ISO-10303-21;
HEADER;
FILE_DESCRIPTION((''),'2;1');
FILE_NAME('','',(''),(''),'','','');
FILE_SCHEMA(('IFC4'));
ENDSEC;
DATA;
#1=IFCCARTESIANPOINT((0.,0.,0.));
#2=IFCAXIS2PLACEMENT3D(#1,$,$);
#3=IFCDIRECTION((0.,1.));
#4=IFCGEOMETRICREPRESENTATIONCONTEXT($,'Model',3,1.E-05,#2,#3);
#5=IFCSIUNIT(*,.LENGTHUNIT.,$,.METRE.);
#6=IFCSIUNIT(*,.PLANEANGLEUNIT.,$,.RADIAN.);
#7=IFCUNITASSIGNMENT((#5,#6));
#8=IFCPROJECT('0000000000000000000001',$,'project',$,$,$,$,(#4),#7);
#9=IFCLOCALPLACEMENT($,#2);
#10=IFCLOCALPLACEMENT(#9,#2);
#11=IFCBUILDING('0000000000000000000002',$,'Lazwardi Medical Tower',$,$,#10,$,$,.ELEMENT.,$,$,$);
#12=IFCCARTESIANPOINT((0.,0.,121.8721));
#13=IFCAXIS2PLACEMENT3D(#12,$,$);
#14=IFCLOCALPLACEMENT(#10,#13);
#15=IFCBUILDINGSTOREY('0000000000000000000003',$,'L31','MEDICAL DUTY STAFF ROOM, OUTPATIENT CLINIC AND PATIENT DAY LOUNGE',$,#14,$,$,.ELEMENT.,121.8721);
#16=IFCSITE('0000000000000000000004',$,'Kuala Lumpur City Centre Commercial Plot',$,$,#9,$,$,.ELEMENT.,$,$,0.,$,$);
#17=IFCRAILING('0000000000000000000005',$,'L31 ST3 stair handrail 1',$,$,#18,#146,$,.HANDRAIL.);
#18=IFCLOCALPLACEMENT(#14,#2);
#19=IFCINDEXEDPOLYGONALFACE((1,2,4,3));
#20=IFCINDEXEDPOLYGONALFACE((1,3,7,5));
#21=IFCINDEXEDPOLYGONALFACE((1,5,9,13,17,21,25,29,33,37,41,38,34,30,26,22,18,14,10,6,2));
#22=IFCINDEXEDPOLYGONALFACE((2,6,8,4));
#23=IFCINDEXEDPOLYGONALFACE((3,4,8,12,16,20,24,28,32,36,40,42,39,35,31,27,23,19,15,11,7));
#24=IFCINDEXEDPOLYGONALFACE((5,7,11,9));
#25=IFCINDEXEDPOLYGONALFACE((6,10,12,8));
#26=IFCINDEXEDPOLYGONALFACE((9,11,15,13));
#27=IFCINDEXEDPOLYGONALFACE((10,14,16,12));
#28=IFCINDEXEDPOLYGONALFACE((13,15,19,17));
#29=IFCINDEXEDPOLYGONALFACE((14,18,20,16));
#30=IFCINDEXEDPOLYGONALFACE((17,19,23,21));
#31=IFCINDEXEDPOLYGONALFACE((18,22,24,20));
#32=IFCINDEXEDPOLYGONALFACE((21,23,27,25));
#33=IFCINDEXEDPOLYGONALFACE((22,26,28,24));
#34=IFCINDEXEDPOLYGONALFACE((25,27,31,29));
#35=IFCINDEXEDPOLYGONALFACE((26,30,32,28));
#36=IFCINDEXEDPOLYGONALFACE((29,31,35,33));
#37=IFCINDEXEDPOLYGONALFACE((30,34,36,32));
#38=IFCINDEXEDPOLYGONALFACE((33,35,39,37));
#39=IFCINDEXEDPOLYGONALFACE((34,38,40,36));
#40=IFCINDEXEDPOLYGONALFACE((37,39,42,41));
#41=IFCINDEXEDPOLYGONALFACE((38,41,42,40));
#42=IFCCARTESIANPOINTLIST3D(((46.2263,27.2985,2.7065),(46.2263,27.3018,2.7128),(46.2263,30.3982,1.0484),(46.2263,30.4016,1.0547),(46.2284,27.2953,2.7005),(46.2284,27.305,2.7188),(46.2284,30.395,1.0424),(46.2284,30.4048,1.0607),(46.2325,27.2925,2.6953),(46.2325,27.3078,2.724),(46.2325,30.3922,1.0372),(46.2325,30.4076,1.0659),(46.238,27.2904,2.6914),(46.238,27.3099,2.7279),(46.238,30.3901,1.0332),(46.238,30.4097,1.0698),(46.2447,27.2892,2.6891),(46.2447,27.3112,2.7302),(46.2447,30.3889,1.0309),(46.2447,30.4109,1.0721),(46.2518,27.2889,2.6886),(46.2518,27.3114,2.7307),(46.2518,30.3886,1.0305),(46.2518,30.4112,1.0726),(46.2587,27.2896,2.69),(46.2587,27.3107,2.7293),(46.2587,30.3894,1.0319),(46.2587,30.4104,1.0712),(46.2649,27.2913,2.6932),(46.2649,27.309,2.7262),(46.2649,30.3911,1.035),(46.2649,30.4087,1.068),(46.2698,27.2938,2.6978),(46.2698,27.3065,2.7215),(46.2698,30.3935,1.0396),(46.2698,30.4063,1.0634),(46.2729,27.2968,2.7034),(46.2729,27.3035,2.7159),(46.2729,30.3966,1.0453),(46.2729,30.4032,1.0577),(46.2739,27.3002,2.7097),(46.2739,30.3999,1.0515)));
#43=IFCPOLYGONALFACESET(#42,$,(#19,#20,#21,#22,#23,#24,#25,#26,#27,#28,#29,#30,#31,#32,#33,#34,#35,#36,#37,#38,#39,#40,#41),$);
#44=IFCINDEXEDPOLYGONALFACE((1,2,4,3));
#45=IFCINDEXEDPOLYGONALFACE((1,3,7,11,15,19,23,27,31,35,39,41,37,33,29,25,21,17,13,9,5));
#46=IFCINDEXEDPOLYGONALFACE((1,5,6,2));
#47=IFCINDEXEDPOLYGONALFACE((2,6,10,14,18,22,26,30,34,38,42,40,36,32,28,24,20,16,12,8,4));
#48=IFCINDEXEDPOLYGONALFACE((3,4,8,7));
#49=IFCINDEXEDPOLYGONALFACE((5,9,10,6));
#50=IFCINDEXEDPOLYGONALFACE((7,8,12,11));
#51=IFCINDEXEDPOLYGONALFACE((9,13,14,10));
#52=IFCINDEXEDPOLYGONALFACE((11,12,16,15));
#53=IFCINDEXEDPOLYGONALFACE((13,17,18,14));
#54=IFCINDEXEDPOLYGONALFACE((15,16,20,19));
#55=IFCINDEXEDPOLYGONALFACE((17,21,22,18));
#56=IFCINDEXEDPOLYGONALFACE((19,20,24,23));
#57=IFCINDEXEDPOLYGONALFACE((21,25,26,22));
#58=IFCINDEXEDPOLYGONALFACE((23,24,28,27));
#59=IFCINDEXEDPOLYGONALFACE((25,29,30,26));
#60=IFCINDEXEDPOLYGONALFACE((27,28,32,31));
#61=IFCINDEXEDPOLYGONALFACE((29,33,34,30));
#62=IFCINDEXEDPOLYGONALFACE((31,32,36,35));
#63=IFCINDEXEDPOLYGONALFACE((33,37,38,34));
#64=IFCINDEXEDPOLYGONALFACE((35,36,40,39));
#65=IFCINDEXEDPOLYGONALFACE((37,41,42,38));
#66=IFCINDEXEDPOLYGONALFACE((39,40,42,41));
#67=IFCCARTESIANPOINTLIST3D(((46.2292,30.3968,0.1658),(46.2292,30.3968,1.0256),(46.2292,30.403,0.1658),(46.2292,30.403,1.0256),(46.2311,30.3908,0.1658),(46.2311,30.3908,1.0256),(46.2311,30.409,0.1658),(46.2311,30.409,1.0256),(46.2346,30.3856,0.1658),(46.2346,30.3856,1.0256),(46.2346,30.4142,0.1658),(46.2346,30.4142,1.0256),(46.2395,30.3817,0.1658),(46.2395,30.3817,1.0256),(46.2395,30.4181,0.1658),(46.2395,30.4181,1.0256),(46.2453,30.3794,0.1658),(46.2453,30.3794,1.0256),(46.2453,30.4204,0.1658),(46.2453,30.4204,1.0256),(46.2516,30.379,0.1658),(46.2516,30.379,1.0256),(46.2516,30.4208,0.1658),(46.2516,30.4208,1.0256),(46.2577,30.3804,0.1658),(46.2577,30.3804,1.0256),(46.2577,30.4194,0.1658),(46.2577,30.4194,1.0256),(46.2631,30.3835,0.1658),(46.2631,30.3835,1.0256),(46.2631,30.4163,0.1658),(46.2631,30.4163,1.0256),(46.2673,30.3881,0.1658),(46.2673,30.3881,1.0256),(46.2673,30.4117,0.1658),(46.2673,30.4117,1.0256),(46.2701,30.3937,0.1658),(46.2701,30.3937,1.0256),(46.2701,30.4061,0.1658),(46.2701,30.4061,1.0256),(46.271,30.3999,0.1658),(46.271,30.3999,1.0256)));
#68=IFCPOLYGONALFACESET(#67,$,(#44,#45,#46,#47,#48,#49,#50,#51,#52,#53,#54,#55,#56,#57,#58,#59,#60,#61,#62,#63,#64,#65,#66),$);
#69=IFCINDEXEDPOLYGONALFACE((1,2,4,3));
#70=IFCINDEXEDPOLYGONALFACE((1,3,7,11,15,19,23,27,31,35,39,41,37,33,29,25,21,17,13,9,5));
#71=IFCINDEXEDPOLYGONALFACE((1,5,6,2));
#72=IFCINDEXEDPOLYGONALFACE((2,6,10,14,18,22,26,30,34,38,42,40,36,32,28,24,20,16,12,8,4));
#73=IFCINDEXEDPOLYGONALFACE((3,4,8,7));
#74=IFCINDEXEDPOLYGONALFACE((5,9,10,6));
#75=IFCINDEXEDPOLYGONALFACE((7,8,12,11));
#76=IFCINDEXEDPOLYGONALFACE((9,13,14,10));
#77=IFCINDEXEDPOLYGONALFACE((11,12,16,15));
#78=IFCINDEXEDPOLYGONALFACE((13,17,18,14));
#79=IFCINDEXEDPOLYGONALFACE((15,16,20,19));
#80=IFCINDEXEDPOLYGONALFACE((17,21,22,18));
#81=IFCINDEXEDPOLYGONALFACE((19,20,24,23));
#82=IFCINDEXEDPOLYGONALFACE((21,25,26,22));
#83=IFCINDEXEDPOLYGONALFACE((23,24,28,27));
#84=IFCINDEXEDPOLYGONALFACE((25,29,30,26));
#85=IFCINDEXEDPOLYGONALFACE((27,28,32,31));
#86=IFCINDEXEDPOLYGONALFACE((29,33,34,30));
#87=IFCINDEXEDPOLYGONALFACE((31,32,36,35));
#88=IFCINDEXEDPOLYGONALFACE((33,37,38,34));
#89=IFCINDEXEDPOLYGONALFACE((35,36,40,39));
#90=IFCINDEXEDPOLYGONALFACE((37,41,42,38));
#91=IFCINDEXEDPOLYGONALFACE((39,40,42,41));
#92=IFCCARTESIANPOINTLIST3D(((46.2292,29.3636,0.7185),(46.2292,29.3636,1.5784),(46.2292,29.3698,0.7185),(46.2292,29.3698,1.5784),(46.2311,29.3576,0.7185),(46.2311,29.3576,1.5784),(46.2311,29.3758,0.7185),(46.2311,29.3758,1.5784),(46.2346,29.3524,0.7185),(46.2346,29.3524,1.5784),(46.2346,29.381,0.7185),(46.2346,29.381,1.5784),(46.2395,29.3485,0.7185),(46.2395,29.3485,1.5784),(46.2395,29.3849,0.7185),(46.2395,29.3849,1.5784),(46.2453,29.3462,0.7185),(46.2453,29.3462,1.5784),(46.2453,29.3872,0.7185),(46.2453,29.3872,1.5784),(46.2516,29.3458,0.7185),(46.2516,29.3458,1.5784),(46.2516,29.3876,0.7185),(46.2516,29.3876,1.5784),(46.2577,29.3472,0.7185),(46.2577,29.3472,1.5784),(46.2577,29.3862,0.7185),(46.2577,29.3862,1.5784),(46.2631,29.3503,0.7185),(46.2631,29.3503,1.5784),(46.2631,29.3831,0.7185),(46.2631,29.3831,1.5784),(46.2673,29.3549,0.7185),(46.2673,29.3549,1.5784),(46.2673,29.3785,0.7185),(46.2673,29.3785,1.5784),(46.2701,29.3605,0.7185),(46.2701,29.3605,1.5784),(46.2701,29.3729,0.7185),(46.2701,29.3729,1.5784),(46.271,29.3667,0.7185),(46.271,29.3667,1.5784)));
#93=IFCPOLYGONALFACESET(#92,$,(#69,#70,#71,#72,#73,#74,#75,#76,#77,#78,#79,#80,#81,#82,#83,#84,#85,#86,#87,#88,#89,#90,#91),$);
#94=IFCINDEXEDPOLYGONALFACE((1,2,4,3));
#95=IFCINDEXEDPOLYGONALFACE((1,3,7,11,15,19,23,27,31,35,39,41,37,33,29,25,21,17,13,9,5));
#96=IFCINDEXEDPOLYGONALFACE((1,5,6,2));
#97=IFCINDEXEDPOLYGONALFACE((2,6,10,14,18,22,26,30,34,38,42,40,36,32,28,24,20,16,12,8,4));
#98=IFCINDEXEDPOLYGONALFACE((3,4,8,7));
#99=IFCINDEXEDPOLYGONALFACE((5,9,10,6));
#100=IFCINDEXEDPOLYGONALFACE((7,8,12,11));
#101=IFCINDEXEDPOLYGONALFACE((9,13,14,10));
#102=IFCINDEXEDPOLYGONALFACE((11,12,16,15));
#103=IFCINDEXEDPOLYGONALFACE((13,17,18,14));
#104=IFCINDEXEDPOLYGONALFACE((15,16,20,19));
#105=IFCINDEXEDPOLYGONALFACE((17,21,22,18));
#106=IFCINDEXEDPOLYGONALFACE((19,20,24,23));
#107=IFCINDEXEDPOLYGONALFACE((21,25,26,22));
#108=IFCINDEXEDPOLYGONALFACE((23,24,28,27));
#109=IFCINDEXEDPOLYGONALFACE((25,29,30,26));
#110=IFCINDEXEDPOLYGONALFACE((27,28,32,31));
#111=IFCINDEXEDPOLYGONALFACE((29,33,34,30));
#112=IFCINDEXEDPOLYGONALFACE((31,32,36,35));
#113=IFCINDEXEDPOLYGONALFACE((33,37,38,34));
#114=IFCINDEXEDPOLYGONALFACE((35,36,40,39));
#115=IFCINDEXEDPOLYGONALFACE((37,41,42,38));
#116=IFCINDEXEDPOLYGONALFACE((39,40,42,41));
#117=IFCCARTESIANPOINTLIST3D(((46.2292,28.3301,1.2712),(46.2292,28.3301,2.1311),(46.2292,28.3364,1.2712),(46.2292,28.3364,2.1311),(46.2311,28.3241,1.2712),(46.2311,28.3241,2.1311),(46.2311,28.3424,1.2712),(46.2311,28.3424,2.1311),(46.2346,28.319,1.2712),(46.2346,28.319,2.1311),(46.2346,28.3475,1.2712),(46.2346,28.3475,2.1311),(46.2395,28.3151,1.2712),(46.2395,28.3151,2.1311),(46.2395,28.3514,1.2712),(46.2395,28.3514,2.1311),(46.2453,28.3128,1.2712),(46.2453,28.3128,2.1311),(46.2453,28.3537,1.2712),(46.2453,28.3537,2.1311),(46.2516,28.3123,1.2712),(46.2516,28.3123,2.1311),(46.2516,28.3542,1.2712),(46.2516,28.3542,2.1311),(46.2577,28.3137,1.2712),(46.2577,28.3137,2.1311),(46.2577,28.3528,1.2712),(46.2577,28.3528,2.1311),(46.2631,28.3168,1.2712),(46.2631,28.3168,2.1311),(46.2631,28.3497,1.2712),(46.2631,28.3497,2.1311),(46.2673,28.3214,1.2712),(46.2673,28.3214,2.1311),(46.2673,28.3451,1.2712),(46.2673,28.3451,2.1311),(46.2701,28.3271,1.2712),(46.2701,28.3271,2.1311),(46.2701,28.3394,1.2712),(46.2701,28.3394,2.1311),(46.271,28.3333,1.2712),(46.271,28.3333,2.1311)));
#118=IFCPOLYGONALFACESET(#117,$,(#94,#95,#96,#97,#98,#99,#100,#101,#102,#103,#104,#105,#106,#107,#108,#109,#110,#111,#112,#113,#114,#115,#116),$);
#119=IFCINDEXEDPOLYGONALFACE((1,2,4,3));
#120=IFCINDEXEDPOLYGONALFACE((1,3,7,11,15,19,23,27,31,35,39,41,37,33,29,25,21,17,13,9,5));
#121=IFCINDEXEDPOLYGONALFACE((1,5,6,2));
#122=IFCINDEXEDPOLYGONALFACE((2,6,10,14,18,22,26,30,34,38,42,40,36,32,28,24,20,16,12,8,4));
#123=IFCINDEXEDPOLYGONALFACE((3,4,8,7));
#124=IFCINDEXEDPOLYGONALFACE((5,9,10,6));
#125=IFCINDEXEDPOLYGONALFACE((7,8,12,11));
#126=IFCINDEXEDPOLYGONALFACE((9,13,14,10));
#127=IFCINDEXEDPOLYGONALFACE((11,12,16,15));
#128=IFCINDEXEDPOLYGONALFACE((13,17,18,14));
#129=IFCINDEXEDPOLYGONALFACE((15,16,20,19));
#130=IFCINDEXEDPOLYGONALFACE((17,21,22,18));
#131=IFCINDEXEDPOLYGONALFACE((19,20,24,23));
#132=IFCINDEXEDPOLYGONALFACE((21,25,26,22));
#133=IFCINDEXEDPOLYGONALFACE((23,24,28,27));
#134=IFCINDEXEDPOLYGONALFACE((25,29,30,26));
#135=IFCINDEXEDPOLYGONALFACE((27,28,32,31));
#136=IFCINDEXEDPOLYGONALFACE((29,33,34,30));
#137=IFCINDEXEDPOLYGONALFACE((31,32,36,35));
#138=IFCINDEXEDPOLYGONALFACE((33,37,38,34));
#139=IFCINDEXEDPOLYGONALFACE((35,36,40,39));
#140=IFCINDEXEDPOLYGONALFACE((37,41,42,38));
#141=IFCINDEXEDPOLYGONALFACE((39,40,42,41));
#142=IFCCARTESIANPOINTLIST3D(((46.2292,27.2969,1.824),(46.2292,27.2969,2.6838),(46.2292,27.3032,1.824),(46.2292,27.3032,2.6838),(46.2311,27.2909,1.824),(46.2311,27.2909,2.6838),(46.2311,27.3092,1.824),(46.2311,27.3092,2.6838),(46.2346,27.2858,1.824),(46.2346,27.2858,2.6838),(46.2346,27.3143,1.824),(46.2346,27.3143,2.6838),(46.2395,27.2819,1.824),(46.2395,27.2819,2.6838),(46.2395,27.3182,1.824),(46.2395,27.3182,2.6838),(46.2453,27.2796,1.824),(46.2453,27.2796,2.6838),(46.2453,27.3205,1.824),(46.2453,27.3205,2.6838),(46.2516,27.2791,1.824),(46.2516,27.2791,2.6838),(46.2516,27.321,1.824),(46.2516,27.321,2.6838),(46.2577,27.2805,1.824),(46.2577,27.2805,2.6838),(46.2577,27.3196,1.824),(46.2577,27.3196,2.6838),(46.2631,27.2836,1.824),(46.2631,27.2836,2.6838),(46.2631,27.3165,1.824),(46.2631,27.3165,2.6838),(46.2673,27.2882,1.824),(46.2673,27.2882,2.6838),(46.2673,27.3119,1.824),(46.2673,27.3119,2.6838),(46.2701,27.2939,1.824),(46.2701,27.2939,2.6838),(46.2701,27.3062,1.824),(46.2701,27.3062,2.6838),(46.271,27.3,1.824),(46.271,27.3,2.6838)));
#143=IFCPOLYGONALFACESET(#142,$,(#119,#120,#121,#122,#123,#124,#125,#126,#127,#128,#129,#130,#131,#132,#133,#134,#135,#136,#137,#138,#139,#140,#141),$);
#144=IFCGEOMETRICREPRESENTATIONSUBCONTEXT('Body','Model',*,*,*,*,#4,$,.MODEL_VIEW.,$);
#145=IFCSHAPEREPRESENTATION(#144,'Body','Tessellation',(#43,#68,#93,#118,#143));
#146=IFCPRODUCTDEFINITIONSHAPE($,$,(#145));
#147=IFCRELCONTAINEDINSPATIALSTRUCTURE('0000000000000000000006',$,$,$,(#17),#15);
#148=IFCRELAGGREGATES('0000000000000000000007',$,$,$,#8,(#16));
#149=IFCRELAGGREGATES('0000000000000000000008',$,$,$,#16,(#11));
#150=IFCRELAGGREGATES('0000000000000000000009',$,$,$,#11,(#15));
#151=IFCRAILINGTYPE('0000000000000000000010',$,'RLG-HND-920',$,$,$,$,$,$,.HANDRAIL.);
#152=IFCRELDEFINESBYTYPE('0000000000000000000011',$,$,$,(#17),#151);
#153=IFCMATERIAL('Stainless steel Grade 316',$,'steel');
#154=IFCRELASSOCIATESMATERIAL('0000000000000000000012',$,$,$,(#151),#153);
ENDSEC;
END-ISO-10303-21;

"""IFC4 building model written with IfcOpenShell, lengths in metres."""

from ifc_helpers import new_model, si_unit, direction, frame, origin, origin_2d, place, context, subcontext, project, spatial, circle, extrude, material, type_object, element, save


model = new_model("IFC4")

# Units and contexts
model_context = context("Model", 3, precision=1e-05, world=origin(), true_north=direction((0.0, 1.0)))
body_context = subcontext(model_context, "Body", "Model", "MODEL_VIEW")
ifc_project = project(units=[si_unit("LENGTHUNIT", "METRE"), si_unit("PLANEANGLEUNIT", "RADIAN")], contexts=[model_context])

# Site, building, storey
site_placement = place(None, origin())
site = spatial("IfcSite", under=ifc_project, at=site_placement, Name="Kuala Lumpur City Centre Commercial Plot", CompositionType="ELEMENT", RefElevation=0.0)
building_placement = place(site_placement, origin())
building = spatial("IfcBuilding", under=site, at=building_placement, Name="Lazwardi Medical Tower", CompositionType="ELEMENT")
storey_placement = place(building_placement, frame((0.0, 0.0, 121.8721)))
storey = spatial("IfcBuildingStorey", under=building, at=storey_placement, Name="L31", Description="MEDICAL DUTY STAFF ROOM, OUTPATIENT CLINIC AND PATIENT DAY LOUNGE", CompositionType="ELEMENT", Elevation=121.8721)

# Railing
ifc_material_1 = material(Name="Stainless steel Grade 316", Category="steel")
railing_type_1 = type_object("IfcRailingType", Name="RLG-HND-920", PredefinedType="HANDRAIL", material=ifc_material_1)
railing_1_placement = place(storey_placement, frame((46.25, 30.3999, 0.1658)))
element("IfcRailing", 1, at=railing_1_placement, inside=storey, type_object=railing_type_1, Name="L31 ST3 stair handrail 1", PredefinedType="HANDRAIL", context=body_context, shape_type="SweptSolid", body=[
    extrude(circle(Radius=0.0239, at=origin_2d()), frame((0.0, 0.0, 0.8857), z_axis=(0.0, -0.881768, 0.471684), x_axis=(1.0, 0.0, 0.0)), (0.0, 0.0, 1.0), 3.5154),
    extrude(circle(Radius=0.021, at=origin_2d()), origin(), (0.0, 0.0, 1.0), 0.8599),
    extrude(circle(Radius=0.021, at=origin_2d()), frame((0.0, -1.0332, 0.5527)), (0.0, 0.0, 1.0), 0.8599),
    extrude(circle(Radius=0.021, at=origin_2d()), frame((0.0, -2.0667, 1.1055)), (0.0, 0.0, 1.0), 0.8599),
    extrude(circle(Radius=0.021, at=origin_2d()), frame((0.0, -3.0999, 1.6582)), (0.0, 0.0, 1.0), 0.8599),
])

save(model, "model.ifc")
